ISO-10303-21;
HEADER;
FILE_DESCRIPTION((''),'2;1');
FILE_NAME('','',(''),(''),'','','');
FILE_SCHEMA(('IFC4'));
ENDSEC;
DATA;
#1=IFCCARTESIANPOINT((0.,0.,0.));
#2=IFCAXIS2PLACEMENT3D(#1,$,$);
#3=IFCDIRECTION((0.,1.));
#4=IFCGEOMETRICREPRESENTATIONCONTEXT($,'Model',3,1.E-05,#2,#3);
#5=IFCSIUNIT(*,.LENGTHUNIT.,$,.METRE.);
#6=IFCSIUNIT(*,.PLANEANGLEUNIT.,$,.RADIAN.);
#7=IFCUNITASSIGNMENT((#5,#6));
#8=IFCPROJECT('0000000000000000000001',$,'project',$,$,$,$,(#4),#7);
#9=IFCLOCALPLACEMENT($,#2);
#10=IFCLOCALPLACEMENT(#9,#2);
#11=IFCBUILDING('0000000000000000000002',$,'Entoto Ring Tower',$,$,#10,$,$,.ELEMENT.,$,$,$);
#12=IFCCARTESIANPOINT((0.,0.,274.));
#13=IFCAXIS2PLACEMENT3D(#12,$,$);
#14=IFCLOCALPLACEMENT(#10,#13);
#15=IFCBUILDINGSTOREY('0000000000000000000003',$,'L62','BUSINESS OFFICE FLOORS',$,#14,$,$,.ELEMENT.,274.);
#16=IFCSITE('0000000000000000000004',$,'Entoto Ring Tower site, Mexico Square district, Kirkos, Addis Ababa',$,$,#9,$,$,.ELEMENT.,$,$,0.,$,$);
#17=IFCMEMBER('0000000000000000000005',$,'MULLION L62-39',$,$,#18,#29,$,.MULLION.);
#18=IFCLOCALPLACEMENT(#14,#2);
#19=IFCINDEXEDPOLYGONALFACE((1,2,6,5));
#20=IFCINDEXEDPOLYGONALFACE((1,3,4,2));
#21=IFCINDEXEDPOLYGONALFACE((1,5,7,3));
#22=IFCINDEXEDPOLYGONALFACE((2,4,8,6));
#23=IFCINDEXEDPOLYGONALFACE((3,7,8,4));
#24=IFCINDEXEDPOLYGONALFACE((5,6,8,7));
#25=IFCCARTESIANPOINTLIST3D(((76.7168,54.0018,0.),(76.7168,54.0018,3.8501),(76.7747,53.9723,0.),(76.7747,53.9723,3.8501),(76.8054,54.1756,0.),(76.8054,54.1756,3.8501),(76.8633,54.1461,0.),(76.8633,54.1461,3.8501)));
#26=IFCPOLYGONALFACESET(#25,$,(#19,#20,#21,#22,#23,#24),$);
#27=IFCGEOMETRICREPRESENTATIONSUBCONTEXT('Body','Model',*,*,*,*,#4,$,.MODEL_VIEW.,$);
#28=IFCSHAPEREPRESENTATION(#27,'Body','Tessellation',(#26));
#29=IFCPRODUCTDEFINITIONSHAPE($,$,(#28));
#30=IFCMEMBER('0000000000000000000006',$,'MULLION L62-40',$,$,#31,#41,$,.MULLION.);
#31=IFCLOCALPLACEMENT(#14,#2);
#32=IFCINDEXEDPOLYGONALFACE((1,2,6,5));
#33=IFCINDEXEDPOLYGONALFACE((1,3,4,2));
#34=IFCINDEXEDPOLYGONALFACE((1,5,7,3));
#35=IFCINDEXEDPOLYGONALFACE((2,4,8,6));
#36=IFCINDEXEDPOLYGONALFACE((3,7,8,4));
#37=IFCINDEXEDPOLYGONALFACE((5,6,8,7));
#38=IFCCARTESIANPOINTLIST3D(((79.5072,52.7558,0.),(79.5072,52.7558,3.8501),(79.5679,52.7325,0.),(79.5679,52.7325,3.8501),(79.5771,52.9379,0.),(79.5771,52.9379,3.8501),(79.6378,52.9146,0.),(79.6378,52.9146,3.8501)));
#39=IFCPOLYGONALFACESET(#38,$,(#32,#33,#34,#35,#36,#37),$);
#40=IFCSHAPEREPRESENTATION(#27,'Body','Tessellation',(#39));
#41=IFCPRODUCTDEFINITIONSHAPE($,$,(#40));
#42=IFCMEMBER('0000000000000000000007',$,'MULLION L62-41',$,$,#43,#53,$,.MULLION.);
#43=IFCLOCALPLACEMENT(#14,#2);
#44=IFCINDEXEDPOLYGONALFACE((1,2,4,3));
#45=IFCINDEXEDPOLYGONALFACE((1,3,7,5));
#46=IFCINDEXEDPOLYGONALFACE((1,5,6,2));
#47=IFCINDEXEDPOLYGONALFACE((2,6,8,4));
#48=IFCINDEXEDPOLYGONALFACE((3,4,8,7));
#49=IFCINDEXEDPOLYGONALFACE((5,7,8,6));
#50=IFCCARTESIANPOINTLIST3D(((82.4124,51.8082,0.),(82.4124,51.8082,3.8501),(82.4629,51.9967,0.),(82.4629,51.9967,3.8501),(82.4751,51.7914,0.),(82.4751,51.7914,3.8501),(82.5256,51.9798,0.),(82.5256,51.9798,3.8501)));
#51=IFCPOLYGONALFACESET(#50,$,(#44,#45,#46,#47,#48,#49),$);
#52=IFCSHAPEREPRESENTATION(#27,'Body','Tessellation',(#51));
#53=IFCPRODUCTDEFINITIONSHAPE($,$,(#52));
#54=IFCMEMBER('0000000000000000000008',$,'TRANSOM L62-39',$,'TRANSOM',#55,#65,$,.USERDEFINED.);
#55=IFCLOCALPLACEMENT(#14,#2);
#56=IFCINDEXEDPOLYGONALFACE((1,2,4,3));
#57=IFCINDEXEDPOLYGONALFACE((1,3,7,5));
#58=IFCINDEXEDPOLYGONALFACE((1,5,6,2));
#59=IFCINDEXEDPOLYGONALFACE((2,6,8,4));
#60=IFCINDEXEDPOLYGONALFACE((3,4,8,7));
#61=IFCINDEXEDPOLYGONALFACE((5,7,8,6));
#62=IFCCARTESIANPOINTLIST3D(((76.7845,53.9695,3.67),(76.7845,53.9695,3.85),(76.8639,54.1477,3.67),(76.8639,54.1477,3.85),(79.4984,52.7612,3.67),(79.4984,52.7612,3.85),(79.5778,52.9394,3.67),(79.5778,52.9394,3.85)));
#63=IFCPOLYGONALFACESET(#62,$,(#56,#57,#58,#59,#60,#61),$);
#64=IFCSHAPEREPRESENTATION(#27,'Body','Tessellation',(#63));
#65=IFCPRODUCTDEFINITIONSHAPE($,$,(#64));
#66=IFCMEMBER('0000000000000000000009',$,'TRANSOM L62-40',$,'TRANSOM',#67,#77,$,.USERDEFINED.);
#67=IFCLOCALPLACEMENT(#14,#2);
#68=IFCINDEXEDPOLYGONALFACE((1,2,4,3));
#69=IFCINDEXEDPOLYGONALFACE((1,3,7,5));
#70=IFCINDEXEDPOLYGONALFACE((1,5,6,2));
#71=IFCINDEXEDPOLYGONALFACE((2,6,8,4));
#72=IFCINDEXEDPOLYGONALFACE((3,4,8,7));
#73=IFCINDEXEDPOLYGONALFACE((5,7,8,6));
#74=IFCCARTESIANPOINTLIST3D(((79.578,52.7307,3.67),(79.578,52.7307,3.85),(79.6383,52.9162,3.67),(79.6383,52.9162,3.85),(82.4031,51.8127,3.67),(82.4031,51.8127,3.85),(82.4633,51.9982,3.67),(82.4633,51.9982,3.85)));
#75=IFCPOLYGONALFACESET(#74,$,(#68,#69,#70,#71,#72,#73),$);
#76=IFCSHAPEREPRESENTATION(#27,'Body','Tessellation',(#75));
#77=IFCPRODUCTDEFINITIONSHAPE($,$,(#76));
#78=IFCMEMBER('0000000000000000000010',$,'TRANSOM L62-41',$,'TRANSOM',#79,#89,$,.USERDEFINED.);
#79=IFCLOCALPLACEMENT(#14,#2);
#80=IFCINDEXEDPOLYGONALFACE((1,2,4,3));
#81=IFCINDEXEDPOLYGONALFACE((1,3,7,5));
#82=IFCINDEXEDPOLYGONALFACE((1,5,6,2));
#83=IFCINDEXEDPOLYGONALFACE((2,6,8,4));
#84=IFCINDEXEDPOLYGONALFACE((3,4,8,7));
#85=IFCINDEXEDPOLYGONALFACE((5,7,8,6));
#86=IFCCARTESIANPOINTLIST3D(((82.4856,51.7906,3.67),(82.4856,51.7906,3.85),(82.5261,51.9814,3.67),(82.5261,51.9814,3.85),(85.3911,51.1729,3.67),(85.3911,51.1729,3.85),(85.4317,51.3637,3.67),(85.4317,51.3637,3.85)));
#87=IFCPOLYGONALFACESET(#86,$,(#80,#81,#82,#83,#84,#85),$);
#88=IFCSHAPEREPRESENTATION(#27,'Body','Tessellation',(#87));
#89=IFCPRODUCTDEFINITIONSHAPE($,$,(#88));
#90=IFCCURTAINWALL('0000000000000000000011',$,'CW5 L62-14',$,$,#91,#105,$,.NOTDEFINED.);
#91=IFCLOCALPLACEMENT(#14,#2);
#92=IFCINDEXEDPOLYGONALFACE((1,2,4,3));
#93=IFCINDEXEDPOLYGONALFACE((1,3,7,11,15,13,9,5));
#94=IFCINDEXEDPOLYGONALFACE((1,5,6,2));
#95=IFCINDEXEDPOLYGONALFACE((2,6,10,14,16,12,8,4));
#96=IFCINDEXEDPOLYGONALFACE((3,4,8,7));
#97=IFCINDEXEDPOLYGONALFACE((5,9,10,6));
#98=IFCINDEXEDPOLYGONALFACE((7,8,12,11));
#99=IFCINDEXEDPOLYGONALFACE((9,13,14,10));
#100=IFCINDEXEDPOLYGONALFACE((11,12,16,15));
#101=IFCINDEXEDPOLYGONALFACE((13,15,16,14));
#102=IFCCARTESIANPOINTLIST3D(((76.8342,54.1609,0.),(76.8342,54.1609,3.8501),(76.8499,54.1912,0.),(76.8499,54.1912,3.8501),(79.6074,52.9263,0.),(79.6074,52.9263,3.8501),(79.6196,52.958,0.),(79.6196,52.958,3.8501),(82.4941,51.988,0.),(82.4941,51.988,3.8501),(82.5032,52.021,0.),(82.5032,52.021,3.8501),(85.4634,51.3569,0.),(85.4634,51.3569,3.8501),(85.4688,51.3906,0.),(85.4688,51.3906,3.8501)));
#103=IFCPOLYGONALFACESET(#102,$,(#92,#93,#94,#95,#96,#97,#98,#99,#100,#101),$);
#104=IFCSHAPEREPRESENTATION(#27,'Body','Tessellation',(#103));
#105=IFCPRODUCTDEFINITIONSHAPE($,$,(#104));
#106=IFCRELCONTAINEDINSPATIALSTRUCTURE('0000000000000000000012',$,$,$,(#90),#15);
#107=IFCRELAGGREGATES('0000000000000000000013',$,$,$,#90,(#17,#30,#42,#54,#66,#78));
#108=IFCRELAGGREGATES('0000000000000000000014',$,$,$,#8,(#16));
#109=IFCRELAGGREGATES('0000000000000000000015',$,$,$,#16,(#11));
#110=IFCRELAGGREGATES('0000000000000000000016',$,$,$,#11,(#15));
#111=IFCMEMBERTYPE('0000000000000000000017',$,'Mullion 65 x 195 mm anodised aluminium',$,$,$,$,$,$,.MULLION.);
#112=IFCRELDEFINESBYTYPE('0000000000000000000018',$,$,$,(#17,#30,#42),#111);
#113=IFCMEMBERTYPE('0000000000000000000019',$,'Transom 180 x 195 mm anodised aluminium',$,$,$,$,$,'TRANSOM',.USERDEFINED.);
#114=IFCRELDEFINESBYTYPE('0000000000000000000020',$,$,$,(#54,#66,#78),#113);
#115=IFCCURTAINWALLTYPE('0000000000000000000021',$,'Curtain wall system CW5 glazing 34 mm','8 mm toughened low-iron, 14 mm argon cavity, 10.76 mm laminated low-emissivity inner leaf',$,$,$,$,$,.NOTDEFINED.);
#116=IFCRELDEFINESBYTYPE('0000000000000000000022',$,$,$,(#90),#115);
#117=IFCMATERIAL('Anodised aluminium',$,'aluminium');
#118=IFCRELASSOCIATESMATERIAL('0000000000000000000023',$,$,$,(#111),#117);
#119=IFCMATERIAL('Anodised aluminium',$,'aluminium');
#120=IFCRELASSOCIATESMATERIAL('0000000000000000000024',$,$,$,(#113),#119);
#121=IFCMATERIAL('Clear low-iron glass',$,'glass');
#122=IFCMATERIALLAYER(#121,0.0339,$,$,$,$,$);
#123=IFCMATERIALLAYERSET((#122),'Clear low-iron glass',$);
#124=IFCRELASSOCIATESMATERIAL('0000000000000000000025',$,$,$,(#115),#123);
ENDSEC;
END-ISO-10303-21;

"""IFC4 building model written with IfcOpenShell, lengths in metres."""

from ifc_helpers import new_model, si_unit, direction, frame, origin, origin_2d, place, context, subcontext, project, spatial, polyline, rectangle, outline, extrude, material, layer, layer_set, material_profile, profile_set, type_object, element, aggregate, save


model = new_model("IFC4")

# Units and contexts
model_context = context("Model", 3, precision=1e-05, world=origin(), true_north=direction((0.0, 1.0)))
body_context = subcontext(model_context, "Body", "Model", "MODEL_VIEW")
ifc_project = project(units=[si_unit("LENGTHUNIT", "METRE"), si_unit("PLANEANGLEUNIT", "RADIAN")], contexts=[model_context])

# Members
ifc_material_1 = material(Name="Anodised aluminium", Category="aluminium")
ifc_material_profile_1 = material_profile(ifc_material_1, rectangle(XDim=0.0649, YDim=0.1951, at=origin_2d()), Name="Mullion 65 x 195 mm anodised aluminium")
ifc_profile_set_1 = profile_set([ifc_material_profile_1], Name="Anodised aluminium")
member_type_1 = type_object("IfcMemberType", Name="Mullion 65 x 195 mm anodised aluminium", PredefinedType="MULLION", material=ifc_profile_set_1)
site_placement = place(None, origin())
building_placement = place(site_placement, origin())
storey_placement = place(building_placement, frame((0.0, 0.0, 274.0)))
member_1_placement = place(storey_placement, frame((76.79, 54.074, 0.0), z_axis=(0.0, 0.0, 1.0), x_axis=(0.891007, -0.45399, 0.0)))
member_1 = element("IfcMember", 1, at=member_1_placement, type_object=member_type_1, Name="MULLION L62-39", PredefinedType="MULLION", context=body_context, shape_type="SweptSolid", body=[
    extrude(rectangle(XDim=0.0649, YDim=0.1951, at=origin_2d()), origin(), (0.0, 0.0, 1.0), 3.8501),
])
member_2_placement = place(storey_placement, frame((79.5725, 52.8352, 0.0), z_axis=(0.0, 0.0, 1.0), x_axis=(0.93358, -0.358368, 0.0)))
member_2 = element("IfcMember", 2, at=member_2_placement, type_object=member_type_1, Name="MULLION L62-40", PredefinedType="MULLION", context=body_context, shape_type="SweptSolid", body=[
    extrude(rectangle(XDim=0.0649, YDim=0.1951, at=origin_2d()), origin(), (0.0, 0.0, 1.0), 3.8501),
])
member_3_placement = place(storey_placement, frame((82.469, 51.894, 0.0), z_axis=(0.0, 0.0, 1.0), x_axis=(0.965926, -0.258819, 0.0)))
member_3 = element("IfcMember", 3, at=member_3_placement, type_object=member_type_1, Name="MULLION L62-41", PredefinedType="MULLION", context=body_context, shape_type="SweptSolid", body=[
    extrude(rectangle(XDim=0.0649, YDim=0.1951, at=origin_2d()), origin(), (0.0, 0.0, 1.0), 3.8501),
])
ifc_material_2 = material(Name="Anodised aluminium", Category="aluminium")
ifc_material_profile_2 = material_profile(ifc_material_2, rectangle(XDim=0.1951, YDim=0.1799, at=origin_2d()), Name="Transom 180 x 195 mm anodised aluminium")
ifc_profile_set_2 = profile_set([ifc_material_profile_2], Name="Anodised aluminium")
member_type_2 = type_object("IfcMemberType", Name="Transom 180 x 195 mm anodised aluminium", ElementType="TRANSOM", PredefinedType="USERDEFINED", material=ifc_profile_set_2)
member_4_placement = place(storey_placement, frame((76.8242, 54.0586, 3.76), z_axis=(0.91355, -0.406726, 0.0), x_axis=(0.406726, 0.91355, 0.0)))
member_4 = element("IfcMember", 4, at=member_4_placement, type_object=member_type_2, Name="TRANSOM L62-39", ObjectType="TRANSOM", PredefinedType="USERDEFINED", context=body_context, shape_type="SweptSolid", body=[
    extrude(rectangle(XDim=0.1951, YDim=0.1799, at=origin_2d()), origin(), (0.0, 0.0, 1.0), 2.9707),
])
member_5_placement = place(storey_placement, frame((79.6082, 52.8235, 3.76), z_axis=(0.951048, -0.309043, 0.0), x_axis=(0.309043, 0.951048, 0.0)))
member_5 = element("IfcMember", 5, at=member_5_placement, type_object=member_type_2, Name="TRANSOM L62-40", ObjectType="TRANSOM", PredefinedType="USERDEFINED", context=body_context, shape_type="SweptSolid", body=[
    extrude(rectangle(XDim=0.1951, YDim=0.1799, at=origin_2d()), origin(), (0.0, 0.0, 1.0), 2.9705),
])
member_6_placement = place(storey_placement, frame((82.5059, 51.886, 3.76), z_axis=(0.978142, -0.20794, 0.0), x_axis=(0.20794, 0.978142, 0.0)))
member_6 = element("IfcMember", 6, at=member_6_placement, type_object=member_type_2, Name="TRANSOM L62-41", ObjectType="TRANSOM", PredefinedType="USERDEFINED", context=body_context, shape_type="SweptSolid", body=[
    extrude(rectangle(XDim=0.1951, YDim=0.1799, at=origin_2d()), origin(), (0.0, 0.0, 1.0), 2.9705),
])

# Site, building, storey
site = spatial("IfcSite", under=ifc_project, at=site_placement, Name="Entoto Ring Tower site, Mexico Square district, Kirkos, Addis Ababa", CompositionType="ELEMENT", RefElevation=0.0)
building = spatial("IfcBuilding", under=site, at=building_placement, Name="Entoto Ring Tower", CompositionType="ELEMENT")
storey = spatial("IfcBuildingStorey", under=building, at=storey_placement, Name="L62", Description="BUSINESS OFFICE FLOORS", CompositionType="ELEMENT", Elevation=274.0)

# Curtain wall
ifc_material_3 = material(Name="Clear low-iron glass", Category="glass")
ifc_layer = layer(ifc_material_3, 0.0339)
ifc_layer_set = layer_set([ifc_layer], Name="Clear low-iron glass")
curtain_wall_type = type_object("IfcCurtainWallType", Name="Curtain wall system CW5 glazing 34 mm", Description="8 mm toughened low-iron, 14 mm argon cavity, 10.76 mm laminated low-emissivity inner leaf", PredefinedType="NOTDEFINED", material=ifc_layer_set)
curtain_wall_1_placement = place(storey_placement, origin())
curtain_wall_1 = element("IfcCurtainWall", 7, at=curtain_wall_1_placement, inside=storey, type_object=curtain_wall_type, Name="CW5 L62-14", PredefinedType="NOTDEFINED", context=body_context, shape_type="SweptSolid", body=[
    extrude(outline(polyline([(76.8342, 54.1609), (79.6074, 52.9263), (82.4941, 51.988), (85.4634, 51.3569), (85.4688, 51.3906), (82.5032, 52.021), (79.6196, 52.958), (76.8499, 54.1912), (76.8342, 54.1609)])), origin(), (0.0, 0.0, 1.0), 3.8501),
])
aggregate(curtain_wall_1, [member_1, member_2, member_3, member_4, member_5, member_6])

save(model, "model.ifc")
